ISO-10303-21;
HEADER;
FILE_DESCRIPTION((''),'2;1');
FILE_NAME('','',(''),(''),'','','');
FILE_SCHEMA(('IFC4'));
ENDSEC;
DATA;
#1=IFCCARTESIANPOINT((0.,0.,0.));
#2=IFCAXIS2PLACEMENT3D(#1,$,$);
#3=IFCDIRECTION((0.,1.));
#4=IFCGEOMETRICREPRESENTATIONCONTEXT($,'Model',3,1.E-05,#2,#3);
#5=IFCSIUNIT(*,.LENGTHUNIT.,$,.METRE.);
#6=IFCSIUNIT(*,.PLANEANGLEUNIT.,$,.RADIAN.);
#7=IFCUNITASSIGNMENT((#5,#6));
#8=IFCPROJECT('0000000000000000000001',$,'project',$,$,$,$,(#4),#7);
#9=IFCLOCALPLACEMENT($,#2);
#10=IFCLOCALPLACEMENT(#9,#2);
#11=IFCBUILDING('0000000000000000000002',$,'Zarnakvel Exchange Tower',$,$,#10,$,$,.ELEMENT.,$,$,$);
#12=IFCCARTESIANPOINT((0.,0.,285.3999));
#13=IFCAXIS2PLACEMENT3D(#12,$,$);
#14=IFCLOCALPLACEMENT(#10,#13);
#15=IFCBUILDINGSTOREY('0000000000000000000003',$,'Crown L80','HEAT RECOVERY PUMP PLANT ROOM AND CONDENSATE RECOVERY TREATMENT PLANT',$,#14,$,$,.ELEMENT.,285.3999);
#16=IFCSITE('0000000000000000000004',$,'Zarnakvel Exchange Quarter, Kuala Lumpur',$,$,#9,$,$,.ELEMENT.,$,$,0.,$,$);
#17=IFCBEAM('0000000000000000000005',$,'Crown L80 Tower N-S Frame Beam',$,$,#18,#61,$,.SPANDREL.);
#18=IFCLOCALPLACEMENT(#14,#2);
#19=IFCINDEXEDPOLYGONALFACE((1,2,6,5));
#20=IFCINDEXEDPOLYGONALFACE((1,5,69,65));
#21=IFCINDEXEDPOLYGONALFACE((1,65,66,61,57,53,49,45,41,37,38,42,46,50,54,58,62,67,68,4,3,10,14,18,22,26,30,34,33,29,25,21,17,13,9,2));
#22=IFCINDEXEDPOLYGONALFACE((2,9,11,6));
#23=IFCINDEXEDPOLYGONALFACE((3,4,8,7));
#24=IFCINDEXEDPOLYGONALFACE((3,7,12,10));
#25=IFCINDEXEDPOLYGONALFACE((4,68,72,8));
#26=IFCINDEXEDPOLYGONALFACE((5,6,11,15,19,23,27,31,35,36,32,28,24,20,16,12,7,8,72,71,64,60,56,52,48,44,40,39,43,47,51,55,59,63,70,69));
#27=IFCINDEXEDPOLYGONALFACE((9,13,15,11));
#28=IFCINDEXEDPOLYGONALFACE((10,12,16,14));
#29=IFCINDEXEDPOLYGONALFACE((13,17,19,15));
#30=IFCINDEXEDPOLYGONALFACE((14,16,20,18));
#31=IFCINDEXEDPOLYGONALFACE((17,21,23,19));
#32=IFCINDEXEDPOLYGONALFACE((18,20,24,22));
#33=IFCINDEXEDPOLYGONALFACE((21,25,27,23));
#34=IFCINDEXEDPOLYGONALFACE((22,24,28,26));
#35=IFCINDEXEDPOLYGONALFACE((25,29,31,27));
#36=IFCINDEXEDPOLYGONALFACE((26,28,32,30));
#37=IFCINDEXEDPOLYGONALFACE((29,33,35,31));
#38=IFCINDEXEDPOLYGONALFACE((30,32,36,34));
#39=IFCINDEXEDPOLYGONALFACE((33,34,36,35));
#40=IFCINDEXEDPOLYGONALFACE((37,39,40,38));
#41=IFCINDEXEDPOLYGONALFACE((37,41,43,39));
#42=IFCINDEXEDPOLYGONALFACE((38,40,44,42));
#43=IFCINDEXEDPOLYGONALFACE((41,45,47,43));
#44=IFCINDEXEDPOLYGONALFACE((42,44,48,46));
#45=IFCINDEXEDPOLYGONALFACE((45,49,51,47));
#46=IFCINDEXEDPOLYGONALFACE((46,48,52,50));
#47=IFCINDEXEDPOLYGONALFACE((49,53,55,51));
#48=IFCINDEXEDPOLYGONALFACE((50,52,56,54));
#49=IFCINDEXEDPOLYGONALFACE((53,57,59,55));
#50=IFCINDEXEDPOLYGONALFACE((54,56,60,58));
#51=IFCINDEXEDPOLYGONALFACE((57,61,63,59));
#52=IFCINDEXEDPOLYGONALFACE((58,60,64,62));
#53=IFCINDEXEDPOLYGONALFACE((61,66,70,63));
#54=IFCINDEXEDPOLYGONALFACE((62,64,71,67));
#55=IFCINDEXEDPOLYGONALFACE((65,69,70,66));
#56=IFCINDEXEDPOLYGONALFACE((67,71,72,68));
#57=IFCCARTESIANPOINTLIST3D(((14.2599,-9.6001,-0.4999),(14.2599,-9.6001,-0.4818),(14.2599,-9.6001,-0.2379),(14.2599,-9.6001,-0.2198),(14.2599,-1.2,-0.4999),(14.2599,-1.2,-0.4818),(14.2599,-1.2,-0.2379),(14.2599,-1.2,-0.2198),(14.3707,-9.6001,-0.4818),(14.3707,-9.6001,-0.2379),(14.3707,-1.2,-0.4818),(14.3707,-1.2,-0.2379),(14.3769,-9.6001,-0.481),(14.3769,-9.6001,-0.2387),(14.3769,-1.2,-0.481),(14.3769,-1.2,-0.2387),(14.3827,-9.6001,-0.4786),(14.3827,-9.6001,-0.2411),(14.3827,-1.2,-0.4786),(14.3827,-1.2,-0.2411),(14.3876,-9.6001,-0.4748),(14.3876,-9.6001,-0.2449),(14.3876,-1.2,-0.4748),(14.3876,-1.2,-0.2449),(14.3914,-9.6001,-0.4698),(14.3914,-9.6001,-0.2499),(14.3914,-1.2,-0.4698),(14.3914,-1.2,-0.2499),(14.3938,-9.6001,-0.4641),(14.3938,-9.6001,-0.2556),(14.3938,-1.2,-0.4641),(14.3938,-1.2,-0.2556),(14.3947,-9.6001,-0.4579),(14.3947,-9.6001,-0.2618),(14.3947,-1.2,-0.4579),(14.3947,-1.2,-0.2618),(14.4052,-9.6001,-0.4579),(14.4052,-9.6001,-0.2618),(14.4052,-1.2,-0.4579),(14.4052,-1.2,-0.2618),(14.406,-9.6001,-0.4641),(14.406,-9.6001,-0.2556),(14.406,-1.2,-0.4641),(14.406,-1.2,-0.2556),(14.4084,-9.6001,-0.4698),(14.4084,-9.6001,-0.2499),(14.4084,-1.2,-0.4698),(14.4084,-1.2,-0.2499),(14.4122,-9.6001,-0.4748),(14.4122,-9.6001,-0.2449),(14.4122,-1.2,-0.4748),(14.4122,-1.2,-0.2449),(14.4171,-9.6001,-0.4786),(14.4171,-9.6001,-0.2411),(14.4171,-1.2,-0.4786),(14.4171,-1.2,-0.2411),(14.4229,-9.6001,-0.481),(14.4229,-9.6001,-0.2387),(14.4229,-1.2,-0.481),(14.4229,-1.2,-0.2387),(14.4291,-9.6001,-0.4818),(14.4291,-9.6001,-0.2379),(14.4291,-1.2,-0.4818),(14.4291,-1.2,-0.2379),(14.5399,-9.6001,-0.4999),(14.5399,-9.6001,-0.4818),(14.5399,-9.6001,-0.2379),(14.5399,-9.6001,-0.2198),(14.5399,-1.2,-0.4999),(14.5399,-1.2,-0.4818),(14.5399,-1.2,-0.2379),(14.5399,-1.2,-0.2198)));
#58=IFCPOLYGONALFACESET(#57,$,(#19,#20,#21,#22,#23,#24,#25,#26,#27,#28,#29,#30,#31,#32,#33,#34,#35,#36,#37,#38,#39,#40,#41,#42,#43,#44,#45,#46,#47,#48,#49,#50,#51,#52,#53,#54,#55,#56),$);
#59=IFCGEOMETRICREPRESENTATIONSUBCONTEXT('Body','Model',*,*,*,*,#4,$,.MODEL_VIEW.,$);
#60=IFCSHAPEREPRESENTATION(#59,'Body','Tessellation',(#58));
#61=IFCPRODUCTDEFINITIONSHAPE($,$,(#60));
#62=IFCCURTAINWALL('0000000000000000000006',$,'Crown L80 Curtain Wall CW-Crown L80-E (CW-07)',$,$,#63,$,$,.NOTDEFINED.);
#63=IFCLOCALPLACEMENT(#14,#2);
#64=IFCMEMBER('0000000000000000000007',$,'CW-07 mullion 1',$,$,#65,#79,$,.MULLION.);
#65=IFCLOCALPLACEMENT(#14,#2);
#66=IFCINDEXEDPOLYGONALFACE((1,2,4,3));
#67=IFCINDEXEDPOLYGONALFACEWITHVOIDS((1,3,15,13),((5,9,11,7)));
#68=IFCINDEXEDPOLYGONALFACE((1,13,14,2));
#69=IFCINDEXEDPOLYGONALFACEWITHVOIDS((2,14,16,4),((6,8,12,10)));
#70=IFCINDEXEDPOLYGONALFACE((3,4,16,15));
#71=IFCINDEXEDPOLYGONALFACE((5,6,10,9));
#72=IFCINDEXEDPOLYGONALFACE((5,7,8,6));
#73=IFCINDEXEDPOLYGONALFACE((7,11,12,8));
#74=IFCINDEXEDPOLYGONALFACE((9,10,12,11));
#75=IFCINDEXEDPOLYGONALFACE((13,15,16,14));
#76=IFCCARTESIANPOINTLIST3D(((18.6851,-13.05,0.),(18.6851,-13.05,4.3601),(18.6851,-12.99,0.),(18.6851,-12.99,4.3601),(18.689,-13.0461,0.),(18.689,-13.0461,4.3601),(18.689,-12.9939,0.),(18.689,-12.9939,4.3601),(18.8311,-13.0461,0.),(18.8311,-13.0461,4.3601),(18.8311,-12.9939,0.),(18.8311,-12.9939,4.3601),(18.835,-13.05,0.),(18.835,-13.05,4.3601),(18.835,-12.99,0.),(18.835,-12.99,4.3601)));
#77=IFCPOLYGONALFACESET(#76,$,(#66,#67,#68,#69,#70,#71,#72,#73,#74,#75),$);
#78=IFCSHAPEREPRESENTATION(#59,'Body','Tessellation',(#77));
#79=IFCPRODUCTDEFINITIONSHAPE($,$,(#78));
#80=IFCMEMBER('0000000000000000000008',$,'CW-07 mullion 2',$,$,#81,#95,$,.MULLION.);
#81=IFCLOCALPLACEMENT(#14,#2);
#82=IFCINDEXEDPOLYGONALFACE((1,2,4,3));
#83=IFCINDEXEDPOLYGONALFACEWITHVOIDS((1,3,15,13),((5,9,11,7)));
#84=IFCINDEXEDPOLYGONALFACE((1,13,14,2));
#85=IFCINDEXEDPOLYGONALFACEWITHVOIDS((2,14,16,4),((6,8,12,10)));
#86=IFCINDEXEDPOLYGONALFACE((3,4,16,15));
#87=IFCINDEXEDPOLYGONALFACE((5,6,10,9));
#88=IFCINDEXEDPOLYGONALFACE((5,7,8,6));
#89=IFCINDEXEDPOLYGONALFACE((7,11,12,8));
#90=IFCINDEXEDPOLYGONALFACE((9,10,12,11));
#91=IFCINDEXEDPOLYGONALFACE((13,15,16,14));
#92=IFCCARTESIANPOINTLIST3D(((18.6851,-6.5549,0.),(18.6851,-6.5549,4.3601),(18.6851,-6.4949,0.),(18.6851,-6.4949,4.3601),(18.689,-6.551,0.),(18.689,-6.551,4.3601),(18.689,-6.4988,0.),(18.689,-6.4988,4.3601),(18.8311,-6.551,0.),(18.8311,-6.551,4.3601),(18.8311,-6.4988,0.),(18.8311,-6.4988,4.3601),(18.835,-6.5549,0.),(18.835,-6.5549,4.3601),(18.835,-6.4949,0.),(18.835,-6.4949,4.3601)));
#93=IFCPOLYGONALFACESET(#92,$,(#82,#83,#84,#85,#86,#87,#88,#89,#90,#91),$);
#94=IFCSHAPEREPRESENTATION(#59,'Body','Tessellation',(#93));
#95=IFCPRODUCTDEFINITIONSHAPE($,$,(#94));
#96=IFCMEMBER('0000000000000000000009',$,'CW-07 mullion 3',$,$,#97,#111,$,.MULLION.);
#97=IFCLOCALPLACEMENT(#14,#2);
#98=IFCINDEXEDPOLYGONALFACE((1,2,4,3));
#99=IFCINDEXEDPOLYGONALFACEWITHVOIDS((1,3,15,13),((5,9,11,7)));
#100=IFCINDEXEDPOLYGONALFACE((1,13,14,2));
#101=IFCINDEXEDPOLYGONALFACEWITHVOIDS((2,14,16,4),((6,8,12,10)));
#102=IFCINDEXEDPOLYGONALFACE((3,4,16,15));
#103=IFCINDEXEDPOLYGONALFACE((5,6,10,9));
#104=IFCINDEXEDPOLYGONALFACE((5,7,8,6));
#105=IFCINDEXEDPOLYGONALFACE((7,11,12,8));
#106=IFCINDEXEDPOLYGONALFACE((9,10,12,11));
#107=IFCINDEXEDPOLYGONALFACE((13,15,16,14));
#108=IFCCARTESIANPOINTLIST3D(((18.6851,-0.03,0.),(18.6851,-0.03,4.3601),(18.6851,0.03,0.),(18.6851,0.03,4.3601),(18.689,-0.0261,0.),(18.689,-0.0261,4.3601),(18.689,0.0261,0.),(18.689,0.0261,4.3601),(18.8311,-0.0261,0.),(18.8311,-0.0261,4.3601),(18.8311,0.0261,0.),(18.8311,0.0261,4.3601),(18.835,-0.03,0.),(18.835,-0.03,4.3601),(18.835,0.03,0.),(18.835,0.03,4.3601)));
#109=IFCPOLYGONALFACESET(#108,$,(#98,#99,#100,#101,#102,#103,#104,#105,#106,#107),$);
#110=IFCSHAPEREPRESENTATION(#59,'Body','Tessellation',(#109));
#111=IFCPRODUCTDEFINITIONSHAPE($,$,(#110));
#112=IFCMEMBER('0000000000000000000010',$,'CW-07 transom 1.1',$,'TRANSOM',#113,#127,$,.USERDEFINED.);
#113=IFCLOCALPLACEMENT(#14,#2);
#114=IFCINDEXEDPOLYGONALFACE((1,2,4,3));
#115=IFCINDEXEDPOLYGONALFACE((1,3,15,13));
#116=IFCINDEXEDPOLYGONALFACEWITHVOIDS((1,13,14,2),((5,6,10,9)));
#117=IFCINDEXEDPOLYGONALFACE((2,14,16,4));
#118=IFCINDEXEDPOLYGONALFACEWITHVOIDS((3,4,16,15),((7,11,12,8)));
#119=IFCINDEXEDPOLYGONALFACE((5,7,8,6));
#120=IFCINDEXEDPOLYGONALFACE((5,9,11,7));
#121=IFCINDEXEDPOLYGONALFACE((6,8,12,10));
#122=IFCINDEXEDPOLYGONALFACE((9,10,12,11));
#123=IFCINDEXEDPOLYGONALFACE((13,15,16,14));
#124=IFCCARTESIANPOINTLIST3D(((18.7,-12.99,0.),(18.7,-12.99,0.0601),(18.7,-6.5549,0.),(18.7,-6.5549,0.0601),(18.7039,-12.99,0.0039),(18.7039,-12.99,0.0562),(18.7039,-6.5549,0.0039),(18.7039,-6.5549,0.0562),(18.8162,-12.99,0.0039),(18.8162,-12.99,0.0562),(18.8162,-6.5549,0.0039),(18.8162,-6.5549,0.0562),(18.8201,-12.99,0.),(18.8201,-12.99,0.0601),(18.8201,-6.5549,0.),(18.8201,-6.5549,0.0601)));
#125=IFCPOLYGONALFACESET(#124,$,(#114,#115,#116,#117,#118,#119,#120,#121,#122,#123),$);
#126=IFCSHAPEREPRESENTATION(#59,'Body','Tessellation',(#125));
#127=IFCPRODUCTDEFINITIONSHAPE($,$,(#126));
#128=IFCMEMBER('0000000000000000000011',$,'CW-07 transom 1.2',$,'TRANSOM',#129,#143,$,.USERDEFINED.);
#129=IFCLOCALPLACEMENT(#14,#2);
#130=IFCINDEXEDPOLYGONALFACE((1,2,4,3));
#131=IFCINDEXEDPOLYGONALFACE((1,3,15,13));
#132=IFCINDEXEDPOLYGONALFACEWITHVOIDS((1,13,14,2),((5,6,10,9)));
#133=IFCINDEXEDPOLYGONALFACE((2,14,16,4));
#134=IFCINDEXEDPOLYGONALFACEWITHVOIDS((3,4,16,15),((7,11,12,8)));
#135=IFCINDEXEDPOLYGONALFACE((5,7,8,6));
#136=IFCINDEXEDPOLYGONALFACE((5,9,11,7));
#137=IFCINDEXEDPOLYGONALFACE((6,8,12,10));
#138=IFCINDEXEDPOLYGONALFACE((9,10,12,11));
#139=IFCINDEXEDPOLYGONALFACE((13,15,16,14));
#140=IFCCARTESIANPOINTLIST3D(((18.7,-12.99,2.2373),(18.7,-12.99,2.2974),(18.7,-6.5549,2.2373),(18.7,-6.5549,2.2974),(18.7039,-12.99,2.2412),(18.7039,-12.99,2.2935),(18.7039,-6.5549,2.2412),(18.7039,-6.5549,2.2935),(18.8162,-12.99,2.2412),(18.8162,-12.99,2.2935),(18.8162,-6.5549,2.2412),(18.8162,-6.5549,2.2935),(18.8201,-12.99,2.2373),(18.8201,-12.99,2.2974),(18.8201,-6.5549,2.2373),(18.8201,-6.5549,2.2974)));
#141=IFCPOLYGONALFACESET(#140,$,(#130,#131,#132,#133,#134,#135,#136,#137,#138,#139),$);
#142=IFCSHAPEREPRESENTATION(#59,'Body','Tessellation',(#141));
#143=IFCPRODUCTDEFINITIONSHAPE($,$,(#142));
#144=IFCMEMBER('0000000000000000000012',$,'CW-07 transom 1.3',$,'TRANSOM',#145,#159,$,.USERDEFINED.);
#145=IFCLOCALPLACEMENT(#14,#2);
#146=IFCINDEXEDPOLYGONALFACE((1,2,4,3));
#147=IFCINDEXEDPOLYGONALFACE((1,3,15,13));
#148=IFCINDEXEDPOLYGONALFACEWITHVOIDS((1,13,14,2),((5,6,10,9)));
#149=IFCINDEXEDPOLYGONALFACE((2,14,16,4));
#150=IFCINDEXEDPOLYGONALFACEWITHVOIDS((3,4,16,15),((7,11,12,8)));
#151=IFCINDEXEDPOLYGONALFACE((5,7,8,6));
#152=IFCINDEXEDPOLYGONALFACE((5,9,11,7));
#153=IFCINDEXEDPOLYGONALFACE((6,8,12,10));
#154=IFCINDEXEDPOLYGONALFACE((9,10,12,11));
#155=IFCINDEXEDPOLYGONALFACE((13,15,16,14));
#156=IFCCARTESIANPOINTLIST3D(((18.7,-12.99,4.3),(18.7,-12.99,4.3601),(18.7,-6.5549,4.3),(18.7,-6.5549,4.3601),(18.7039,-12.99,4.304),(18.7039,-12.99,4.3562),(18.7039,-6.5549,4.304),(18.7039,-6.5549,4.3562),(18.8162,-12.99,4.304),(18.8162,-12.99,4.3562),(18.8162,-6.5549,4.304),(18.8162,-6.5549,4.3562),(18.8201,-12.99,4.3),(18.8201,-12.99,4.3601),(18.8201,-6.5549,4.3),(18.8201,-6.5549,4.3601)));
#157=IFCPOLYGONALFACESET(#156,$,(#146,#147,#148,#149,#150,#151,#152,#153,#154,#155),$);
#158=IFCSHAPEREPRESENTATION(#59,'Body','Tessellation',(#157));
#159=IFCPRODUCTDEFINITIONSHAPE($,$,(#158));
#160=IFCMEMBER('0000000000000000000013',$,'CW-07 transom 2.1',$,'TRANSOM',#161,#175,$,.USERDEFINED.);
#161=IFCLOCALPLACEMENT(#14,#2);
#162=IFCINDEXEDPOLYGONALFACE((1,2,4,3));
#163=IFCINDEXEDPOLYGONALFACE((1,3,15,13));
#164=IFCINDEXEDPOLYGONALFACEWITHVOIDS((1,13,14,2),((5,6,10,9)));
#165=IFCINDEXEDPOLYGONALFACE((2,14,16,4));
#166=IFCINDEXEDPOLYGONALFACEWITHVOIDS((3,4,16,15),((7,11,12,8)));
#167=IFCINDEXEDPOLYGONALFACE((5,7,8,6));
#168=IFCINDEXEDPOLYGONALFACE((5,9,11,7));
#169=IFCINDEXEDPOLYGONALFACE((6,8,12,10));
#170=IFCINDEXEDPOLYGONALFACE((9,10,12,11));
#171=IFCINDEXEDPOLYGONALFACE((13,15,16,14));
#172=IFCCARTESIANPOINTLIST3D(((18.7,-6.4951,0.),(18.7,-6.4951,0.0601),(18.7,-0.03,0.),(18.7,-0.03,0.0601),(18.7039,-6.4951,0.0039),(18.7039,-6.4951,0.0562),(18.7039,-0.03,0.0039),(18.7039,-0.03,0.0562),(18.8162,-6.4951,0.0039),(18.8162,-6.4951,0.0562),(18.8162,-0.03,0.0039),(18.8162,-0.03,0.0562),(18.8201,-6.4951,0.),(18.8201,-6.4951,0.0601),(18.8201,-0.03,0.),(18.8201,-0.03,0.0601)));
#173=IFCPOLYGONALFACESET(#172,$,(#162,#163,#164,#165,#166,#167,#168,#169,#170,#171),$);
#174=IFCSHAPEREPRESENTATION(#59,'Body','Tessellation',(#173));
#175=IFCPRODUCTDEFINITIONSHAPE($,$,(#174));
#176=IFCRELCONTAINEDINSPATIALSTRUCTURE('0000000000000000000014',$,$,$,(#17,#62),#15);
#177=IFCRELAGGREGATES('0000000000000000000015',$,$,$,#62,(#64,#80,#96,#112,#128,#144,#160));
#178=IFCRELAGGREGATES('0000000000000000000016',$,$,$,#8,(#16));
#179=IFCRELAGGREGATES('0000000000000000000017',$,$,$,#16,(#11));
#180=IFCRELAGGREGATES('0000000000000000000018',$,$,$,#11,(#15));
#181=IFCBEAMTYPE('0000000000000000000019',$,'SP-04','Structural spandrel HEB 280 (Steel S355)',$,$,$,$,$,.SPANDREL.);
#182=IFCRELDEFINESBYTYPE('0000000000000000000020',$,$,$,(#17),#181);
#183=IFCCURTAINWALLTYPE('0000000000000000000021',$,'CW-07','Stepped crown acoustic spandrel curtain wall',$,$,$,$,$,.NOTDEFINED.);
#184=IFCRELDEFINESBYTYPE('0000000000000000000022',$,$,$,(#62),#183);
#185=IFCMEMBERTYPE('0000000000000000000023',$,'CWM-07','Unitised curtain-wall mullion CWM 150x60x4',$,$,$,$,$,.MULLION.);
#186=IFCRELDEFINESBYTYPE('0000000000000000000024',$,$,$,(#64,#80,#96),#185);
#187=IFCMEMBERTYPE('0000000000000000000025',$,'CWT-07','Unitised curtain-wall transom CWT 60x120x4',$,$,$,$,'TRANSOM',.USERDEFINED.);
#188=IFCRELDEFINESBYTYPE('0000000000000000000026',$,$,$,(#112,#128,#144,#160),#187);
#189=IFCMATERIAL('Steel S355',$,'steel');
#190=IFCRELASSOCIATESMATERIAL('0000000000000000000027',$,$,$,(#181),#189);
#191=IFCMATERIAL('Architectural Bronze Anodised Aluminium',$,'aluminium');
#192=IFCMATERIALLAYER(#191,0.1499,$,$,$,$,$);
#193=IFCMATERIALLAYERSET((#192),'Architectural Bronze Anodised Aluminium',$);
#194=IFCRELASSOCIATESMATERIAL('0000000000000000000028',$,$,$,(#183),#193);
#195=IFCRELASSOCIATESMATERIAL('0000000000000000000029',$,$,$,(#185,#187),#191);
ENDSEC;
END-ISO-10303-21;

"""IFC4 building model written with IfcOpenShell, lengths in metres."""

from ifc_helpers import new_model, si_unit, direction, frame, origin, origin_2d, place, context, subcontext, project, spatial, hollow_rectangle, i_section, extrude, source, transform, mapped, material, layer, layer_set, material_profile, profile_set, type_object, element, aggregate, save


model = new_model("IFC4")

# Units and contexts
model_context = context("Model", 3, precision=1e-05, world=origin(), true_north=direction((0.0, 1.0)))
body_context = subcontext(model_context, "Body", "Model", "MODEL_VIEW")
ifc_project = project(units=[si_unit("LENGTHUNIT", "METRE"), si_unit("PLANEANGLEUNIT", "RADIAN")], contexts=[model_context])

# Site, building, storey
site_placement = place(None, origin())
site = spatial("IfcSite", under=ifc_project, at=site_placement, Name="Zarnakvel Exchange Quarter, Kuala Lumpur", CompositionType="ELEMENT", RefElevation=0.0)
building_placement = place(site_placement, origin())
building = spatial("IfcBuilding", under=site, at=building_placement, Name="Zarnakvel Exchange Tower", CompositionType="ELEMENT")
storey_placement = place(building_placement, frame((0.0, 0.0, 285.3999)))
storey = spatial("IfcBuildingStorey", under=building, at=storey_placement, Name="Crown L80", Description="HEAT RECOVERY PUMP PLANT ROOM AND CONDENSATE RECOVERY TREATMENT PLANT", CompositionType="ELEMENT", Elevation=285.3999)

# Beam
ifc_material_1 = material(Name="Steel S355", Category="steel")
ifc_material_profile_1 = material_profile(ifc_material_1, i_section(OverallWidth=0.28, OverallDepth=0.28, WebThickness=0.0105, FlangeThickness=0.0181, FilletRadius=0.0239, at=origin_2d()))
ifc_profile_set_1 = profile_set([ifc_material_profile_1], Name="Steel S355")
beam_type_1 = type_object("IfcBeamType", Name="SP-04", Description="Structural spandrel HEB 280 (Steel S355)", PredefinedType="SPANDREL", material=ifc_profile_set_1)
beam_1_placement = place(storey_placement, frame((14.3999, -9.6001, -0.3599), z_axis=(0.0, 1.0, 0.0), x_axis=(-1.0, 0.0, 0.0)))
element("IfcBeam", 1, at=beam_1_placement, inside=storey, type_object=beam_type_1, Name="Crown L80 Tower N-S Frame Beam", PredefinedType="SPANDREL", context=body_context, shape_type="SweptSolid", body=[
    extrude(i_section(OverallWidth=0.28, OverallDepth=0.28, WebThickness=0.0105, FlangeThickness=0.0181, FilletRadius=0.0239, at=origin_2d()), origin(), (0.0, 0.0, 1.0), 8.4001),
])

# Curtain wall, members
ifc_material_2 = material(Name="Architectural Bronze Anodised Aluminium", Category="aluminium")
ifc_layer_1 = layer(ifc_material_2, 0.1499)
ifc_layer_set_1 = layer_set([ifc_layer_1], Name="Architectural Bronze Anodised Aluminium")
curtain_wall_type = type_object("IfcCurtainWallType", Name="CW-07", Description="Stepped crown acoustic spandrel curtain wall", PredefinedType="NOTDEFINED", material=ifc_layer_set_1)
curtain_wall_placement = place(storey_placement, origin())
curtain_wall = element("IfcCurtainWall", 2, at=curtain_wall_placement, inside=storey, type_object=curtain_wall_type, Name="Crown L80 Curtain Wall CW-Crown L80-E (CW-07)", PredefinedType="NOTDEFINED")
ifc_material_profile_2 = material_profile(ifc_material_2, hollow_rectangle(XDim=0.1499, YDim=0.0601, WallThickness=0.0039, at=origin_2d()))
ifc_profile_set_2 = profile_set([ifc_material_profile_2], Name="Architectural Bronze Anodised Aluminium")
member_type_1 = type_object("IfcMemberType", Name="CWM-07", Description="Unitised curtain-wall mullion CWM 150x60x4", PredefinedType="MULLION", material=ifc_profile_set_2)
shared_shape_1 = source(origin(), body_context, "Body", "SweptSolid", [
    extrude(hollow_rectangle(XDim=0.1499, YDim=0.0601, WallThickness=0.0039, at=origin_2d()), origin(), (0.0, 0.0, 1.0), 4.3601),
])
member_1_placement = place(storey_placement, frame((18.76, -13.02, 0.0), z_axis=(0.0, 0.0, 1.0), x_axis=(-1.0, 0.0, 0.0)))
member_1 = element("IfcMember", 3, at=member_1_placement, type_object=member_type_1, Name="CW-07 mullion 1", PredefinedType="MULLION", context=body_context, shape_type="MappedRepresentation", body=[
    mapped(shared_shape_1, transform((0.0, 0.0, 0.0), x_axis=(1.0, 0.0, 0.0), y_axis=(0.0, 1.0, 0.0), z_axis=(0.0, 0.0, 1.0), scale=1.0)),
])
member_2_placement = place(storey_placement, frame((18.76, -6.5249, 0.0), z_axis=(0.0, 0.0, 1.0), x_axis=(-1.0, 0.0, 0.0)))
member_2 = element("IfcMember", 4, at=member_2_placement, type_object=member_type_1, Name="CW-07 mullion 2", PredefinedType="MULLION", context=body_context, shape_type="MappedRepresentation", body=[
    mapped(shared_shape_1, transform((0.0, 0.0, 0.0), x_axis=(1.0, 0.0, 0.0), y_axis=(0.0, 1.0, 0.0), z_axis=(0.0, 0.0, 1.0), scale=1.0)),
])
member_3_placement = place(storey_placement, frame((18.76, 0.0, 0.0), z_axis=(0.0, 0.0, 1.0), x_axis=(-1.0, 0.0, 0.0)))
member_3 = element("IfcMember", 5, at=member_3_placement, type_object=member_type_1, Name="CW-07 mullion 3", PredefinedType="MULLION", context=body_context, shape_type="MappedRepresentation", body=[
    mapped(shared_shape_1, transform((0.0, 0.0, 0.0), x_axis=(1.0, 0.0, 0.0), y_axis=(0.0, 1.0, 0.0), z_axis=(0.0, 0.0, 1.0), scale=1.0)),
])
ifc_material_profile_3 = material_profile(ifc_material_2, hollow_rectangle(XDim=0.1201, YDim=0.0601, WallThickness=0.0039, at=origin_2d()))
ifc_profile_set_3 = profile_set([ifc_material_profile_3], Name="Architectural Bronze Anodised Aluminium")
member_type_2 = type_object("IfcMemberType", Name="CWT-07", Description="Unitised curtain-wall transom CWT 60x120x4", ElementType="TRANSOM", PredefinedType="USERDEFINED", material=ifc_profile_set_3)
shared_shape_2 = source(origin(), body_context, "Body", "SweptSolid", [
    extrude(hollow_rectangle(XDim=0.1201, YDim=0.0601, WallThickness=0.0039, at=origin_2d()), origin(), (0.0, 0.0, 1.0), 6.4351),
])
member_4_placement = place(storey_placement, frame((18.76, -12.99, 0.03), z_axis=(0.0, 1.0, 0.0), x_axis=(-1.0, 0.0, 0.0)))
member_4 = element("IfcMember", 6, at=member_4_placement, type_object=member_type_2, Name="CW-07 transom 1.1", ObjectType="TRANSOM", PredefinedType="USERDEFINED", context=body_context, shape_type="MappedRepresentation", body=[
    mapped(shared_shape_2, transform((0.0, 0.0, 0.0), x_axis=(1.0, 0.0, 0.0), y_axis=(0.0, 1.0, 0.0), z_axis=(0.0, 0.0, 1.0), scale=1.0)),
])
member_5_placement = place(storey_placement, frame((18.76, -12.99, 2.2673), z_axis=(0.0, 1.0, 0.0), x_axis=(-1.0, 0.0, 0.0)))
member_5 = element("IfcMember", 7, at=member_5_placement, type_object=member_type_2, Name="CW-07 transom 1.2", ObjectType="TRANSOM", PredefinedType="USERDEFINED", context=body_context, shape_type="MappedRepresentation", body=[
    mapped(shared_shape_2, transform((0.0, 0.0, 0.0), x_axis=(1.0, 0.0, 0.0), y_axis=(0.0, 1.0, 0.0), z_axis=(0.0, 0.0, 1.0), scale=1.0)),
])
member_6_placement = place(storey_placement, frame((18.76, -12.99, 4.3301), z_axis=(0.0, 1.0, 0.0), x_axis=(-1.0, 0.0, 0.0)))
member_6 = element("IfcMember", 8, at=member_6_placement, type_object=member_type_2, Name="CW-07 transom 1.3", ObjectType="TRANSOM", PredefinedType="USERDEFINED", context=body_context, shape_type="MappedRepresentation", body=[
    mapped(shared_shape_2, transform((0.0, 0.0, 0.0), x_axis=(1.0, 0.0, 0.0), y_axis=(0.0, 1.0, 0.0), z_axis=(0.0, 0.0, 1.0), scale=1.0)),
])
shared_shape_3 = source(origin(), body_context, "Body", "SweptSolid", [
    extrude(hollow_rectangle(XDim=0.1201, YDim=0.0601, WallThickness=0.0039, at=origin_2d()), origin(), (0.0, 0.0, 1.0), 6.4651),
])
member_7_placement = place(storey_placement, frame((18.76, -6.4951, 0.03), z_axis=(0.0, 1.0, 0.0), x_axis=(-1.0, 0.0, 0.0)))
member_7 = element("IfcMember", 9, at=member_7_placement, type_object=member_type_2, Name="CW-07 transom 2.1", ObjectType="TRANSOM", PredefinedType="USERDEFINED", context=body_context, shape_type="MappedRepresentation", body=[
    mapped(shared_shape_3, transform((0.0, 0.0, 0.0), x_axis=(1.0, 0.0, 0.0), y_axis=(0.0, 1.0, 0.0), z_axis=(0.0, 0.0, 1.0), scale=1.0)),
])

aggregate(curtain_wall, [member_1, member_2, member_3, member_4, member_5, member_6, member_7])

save(model, "model.ifc")
